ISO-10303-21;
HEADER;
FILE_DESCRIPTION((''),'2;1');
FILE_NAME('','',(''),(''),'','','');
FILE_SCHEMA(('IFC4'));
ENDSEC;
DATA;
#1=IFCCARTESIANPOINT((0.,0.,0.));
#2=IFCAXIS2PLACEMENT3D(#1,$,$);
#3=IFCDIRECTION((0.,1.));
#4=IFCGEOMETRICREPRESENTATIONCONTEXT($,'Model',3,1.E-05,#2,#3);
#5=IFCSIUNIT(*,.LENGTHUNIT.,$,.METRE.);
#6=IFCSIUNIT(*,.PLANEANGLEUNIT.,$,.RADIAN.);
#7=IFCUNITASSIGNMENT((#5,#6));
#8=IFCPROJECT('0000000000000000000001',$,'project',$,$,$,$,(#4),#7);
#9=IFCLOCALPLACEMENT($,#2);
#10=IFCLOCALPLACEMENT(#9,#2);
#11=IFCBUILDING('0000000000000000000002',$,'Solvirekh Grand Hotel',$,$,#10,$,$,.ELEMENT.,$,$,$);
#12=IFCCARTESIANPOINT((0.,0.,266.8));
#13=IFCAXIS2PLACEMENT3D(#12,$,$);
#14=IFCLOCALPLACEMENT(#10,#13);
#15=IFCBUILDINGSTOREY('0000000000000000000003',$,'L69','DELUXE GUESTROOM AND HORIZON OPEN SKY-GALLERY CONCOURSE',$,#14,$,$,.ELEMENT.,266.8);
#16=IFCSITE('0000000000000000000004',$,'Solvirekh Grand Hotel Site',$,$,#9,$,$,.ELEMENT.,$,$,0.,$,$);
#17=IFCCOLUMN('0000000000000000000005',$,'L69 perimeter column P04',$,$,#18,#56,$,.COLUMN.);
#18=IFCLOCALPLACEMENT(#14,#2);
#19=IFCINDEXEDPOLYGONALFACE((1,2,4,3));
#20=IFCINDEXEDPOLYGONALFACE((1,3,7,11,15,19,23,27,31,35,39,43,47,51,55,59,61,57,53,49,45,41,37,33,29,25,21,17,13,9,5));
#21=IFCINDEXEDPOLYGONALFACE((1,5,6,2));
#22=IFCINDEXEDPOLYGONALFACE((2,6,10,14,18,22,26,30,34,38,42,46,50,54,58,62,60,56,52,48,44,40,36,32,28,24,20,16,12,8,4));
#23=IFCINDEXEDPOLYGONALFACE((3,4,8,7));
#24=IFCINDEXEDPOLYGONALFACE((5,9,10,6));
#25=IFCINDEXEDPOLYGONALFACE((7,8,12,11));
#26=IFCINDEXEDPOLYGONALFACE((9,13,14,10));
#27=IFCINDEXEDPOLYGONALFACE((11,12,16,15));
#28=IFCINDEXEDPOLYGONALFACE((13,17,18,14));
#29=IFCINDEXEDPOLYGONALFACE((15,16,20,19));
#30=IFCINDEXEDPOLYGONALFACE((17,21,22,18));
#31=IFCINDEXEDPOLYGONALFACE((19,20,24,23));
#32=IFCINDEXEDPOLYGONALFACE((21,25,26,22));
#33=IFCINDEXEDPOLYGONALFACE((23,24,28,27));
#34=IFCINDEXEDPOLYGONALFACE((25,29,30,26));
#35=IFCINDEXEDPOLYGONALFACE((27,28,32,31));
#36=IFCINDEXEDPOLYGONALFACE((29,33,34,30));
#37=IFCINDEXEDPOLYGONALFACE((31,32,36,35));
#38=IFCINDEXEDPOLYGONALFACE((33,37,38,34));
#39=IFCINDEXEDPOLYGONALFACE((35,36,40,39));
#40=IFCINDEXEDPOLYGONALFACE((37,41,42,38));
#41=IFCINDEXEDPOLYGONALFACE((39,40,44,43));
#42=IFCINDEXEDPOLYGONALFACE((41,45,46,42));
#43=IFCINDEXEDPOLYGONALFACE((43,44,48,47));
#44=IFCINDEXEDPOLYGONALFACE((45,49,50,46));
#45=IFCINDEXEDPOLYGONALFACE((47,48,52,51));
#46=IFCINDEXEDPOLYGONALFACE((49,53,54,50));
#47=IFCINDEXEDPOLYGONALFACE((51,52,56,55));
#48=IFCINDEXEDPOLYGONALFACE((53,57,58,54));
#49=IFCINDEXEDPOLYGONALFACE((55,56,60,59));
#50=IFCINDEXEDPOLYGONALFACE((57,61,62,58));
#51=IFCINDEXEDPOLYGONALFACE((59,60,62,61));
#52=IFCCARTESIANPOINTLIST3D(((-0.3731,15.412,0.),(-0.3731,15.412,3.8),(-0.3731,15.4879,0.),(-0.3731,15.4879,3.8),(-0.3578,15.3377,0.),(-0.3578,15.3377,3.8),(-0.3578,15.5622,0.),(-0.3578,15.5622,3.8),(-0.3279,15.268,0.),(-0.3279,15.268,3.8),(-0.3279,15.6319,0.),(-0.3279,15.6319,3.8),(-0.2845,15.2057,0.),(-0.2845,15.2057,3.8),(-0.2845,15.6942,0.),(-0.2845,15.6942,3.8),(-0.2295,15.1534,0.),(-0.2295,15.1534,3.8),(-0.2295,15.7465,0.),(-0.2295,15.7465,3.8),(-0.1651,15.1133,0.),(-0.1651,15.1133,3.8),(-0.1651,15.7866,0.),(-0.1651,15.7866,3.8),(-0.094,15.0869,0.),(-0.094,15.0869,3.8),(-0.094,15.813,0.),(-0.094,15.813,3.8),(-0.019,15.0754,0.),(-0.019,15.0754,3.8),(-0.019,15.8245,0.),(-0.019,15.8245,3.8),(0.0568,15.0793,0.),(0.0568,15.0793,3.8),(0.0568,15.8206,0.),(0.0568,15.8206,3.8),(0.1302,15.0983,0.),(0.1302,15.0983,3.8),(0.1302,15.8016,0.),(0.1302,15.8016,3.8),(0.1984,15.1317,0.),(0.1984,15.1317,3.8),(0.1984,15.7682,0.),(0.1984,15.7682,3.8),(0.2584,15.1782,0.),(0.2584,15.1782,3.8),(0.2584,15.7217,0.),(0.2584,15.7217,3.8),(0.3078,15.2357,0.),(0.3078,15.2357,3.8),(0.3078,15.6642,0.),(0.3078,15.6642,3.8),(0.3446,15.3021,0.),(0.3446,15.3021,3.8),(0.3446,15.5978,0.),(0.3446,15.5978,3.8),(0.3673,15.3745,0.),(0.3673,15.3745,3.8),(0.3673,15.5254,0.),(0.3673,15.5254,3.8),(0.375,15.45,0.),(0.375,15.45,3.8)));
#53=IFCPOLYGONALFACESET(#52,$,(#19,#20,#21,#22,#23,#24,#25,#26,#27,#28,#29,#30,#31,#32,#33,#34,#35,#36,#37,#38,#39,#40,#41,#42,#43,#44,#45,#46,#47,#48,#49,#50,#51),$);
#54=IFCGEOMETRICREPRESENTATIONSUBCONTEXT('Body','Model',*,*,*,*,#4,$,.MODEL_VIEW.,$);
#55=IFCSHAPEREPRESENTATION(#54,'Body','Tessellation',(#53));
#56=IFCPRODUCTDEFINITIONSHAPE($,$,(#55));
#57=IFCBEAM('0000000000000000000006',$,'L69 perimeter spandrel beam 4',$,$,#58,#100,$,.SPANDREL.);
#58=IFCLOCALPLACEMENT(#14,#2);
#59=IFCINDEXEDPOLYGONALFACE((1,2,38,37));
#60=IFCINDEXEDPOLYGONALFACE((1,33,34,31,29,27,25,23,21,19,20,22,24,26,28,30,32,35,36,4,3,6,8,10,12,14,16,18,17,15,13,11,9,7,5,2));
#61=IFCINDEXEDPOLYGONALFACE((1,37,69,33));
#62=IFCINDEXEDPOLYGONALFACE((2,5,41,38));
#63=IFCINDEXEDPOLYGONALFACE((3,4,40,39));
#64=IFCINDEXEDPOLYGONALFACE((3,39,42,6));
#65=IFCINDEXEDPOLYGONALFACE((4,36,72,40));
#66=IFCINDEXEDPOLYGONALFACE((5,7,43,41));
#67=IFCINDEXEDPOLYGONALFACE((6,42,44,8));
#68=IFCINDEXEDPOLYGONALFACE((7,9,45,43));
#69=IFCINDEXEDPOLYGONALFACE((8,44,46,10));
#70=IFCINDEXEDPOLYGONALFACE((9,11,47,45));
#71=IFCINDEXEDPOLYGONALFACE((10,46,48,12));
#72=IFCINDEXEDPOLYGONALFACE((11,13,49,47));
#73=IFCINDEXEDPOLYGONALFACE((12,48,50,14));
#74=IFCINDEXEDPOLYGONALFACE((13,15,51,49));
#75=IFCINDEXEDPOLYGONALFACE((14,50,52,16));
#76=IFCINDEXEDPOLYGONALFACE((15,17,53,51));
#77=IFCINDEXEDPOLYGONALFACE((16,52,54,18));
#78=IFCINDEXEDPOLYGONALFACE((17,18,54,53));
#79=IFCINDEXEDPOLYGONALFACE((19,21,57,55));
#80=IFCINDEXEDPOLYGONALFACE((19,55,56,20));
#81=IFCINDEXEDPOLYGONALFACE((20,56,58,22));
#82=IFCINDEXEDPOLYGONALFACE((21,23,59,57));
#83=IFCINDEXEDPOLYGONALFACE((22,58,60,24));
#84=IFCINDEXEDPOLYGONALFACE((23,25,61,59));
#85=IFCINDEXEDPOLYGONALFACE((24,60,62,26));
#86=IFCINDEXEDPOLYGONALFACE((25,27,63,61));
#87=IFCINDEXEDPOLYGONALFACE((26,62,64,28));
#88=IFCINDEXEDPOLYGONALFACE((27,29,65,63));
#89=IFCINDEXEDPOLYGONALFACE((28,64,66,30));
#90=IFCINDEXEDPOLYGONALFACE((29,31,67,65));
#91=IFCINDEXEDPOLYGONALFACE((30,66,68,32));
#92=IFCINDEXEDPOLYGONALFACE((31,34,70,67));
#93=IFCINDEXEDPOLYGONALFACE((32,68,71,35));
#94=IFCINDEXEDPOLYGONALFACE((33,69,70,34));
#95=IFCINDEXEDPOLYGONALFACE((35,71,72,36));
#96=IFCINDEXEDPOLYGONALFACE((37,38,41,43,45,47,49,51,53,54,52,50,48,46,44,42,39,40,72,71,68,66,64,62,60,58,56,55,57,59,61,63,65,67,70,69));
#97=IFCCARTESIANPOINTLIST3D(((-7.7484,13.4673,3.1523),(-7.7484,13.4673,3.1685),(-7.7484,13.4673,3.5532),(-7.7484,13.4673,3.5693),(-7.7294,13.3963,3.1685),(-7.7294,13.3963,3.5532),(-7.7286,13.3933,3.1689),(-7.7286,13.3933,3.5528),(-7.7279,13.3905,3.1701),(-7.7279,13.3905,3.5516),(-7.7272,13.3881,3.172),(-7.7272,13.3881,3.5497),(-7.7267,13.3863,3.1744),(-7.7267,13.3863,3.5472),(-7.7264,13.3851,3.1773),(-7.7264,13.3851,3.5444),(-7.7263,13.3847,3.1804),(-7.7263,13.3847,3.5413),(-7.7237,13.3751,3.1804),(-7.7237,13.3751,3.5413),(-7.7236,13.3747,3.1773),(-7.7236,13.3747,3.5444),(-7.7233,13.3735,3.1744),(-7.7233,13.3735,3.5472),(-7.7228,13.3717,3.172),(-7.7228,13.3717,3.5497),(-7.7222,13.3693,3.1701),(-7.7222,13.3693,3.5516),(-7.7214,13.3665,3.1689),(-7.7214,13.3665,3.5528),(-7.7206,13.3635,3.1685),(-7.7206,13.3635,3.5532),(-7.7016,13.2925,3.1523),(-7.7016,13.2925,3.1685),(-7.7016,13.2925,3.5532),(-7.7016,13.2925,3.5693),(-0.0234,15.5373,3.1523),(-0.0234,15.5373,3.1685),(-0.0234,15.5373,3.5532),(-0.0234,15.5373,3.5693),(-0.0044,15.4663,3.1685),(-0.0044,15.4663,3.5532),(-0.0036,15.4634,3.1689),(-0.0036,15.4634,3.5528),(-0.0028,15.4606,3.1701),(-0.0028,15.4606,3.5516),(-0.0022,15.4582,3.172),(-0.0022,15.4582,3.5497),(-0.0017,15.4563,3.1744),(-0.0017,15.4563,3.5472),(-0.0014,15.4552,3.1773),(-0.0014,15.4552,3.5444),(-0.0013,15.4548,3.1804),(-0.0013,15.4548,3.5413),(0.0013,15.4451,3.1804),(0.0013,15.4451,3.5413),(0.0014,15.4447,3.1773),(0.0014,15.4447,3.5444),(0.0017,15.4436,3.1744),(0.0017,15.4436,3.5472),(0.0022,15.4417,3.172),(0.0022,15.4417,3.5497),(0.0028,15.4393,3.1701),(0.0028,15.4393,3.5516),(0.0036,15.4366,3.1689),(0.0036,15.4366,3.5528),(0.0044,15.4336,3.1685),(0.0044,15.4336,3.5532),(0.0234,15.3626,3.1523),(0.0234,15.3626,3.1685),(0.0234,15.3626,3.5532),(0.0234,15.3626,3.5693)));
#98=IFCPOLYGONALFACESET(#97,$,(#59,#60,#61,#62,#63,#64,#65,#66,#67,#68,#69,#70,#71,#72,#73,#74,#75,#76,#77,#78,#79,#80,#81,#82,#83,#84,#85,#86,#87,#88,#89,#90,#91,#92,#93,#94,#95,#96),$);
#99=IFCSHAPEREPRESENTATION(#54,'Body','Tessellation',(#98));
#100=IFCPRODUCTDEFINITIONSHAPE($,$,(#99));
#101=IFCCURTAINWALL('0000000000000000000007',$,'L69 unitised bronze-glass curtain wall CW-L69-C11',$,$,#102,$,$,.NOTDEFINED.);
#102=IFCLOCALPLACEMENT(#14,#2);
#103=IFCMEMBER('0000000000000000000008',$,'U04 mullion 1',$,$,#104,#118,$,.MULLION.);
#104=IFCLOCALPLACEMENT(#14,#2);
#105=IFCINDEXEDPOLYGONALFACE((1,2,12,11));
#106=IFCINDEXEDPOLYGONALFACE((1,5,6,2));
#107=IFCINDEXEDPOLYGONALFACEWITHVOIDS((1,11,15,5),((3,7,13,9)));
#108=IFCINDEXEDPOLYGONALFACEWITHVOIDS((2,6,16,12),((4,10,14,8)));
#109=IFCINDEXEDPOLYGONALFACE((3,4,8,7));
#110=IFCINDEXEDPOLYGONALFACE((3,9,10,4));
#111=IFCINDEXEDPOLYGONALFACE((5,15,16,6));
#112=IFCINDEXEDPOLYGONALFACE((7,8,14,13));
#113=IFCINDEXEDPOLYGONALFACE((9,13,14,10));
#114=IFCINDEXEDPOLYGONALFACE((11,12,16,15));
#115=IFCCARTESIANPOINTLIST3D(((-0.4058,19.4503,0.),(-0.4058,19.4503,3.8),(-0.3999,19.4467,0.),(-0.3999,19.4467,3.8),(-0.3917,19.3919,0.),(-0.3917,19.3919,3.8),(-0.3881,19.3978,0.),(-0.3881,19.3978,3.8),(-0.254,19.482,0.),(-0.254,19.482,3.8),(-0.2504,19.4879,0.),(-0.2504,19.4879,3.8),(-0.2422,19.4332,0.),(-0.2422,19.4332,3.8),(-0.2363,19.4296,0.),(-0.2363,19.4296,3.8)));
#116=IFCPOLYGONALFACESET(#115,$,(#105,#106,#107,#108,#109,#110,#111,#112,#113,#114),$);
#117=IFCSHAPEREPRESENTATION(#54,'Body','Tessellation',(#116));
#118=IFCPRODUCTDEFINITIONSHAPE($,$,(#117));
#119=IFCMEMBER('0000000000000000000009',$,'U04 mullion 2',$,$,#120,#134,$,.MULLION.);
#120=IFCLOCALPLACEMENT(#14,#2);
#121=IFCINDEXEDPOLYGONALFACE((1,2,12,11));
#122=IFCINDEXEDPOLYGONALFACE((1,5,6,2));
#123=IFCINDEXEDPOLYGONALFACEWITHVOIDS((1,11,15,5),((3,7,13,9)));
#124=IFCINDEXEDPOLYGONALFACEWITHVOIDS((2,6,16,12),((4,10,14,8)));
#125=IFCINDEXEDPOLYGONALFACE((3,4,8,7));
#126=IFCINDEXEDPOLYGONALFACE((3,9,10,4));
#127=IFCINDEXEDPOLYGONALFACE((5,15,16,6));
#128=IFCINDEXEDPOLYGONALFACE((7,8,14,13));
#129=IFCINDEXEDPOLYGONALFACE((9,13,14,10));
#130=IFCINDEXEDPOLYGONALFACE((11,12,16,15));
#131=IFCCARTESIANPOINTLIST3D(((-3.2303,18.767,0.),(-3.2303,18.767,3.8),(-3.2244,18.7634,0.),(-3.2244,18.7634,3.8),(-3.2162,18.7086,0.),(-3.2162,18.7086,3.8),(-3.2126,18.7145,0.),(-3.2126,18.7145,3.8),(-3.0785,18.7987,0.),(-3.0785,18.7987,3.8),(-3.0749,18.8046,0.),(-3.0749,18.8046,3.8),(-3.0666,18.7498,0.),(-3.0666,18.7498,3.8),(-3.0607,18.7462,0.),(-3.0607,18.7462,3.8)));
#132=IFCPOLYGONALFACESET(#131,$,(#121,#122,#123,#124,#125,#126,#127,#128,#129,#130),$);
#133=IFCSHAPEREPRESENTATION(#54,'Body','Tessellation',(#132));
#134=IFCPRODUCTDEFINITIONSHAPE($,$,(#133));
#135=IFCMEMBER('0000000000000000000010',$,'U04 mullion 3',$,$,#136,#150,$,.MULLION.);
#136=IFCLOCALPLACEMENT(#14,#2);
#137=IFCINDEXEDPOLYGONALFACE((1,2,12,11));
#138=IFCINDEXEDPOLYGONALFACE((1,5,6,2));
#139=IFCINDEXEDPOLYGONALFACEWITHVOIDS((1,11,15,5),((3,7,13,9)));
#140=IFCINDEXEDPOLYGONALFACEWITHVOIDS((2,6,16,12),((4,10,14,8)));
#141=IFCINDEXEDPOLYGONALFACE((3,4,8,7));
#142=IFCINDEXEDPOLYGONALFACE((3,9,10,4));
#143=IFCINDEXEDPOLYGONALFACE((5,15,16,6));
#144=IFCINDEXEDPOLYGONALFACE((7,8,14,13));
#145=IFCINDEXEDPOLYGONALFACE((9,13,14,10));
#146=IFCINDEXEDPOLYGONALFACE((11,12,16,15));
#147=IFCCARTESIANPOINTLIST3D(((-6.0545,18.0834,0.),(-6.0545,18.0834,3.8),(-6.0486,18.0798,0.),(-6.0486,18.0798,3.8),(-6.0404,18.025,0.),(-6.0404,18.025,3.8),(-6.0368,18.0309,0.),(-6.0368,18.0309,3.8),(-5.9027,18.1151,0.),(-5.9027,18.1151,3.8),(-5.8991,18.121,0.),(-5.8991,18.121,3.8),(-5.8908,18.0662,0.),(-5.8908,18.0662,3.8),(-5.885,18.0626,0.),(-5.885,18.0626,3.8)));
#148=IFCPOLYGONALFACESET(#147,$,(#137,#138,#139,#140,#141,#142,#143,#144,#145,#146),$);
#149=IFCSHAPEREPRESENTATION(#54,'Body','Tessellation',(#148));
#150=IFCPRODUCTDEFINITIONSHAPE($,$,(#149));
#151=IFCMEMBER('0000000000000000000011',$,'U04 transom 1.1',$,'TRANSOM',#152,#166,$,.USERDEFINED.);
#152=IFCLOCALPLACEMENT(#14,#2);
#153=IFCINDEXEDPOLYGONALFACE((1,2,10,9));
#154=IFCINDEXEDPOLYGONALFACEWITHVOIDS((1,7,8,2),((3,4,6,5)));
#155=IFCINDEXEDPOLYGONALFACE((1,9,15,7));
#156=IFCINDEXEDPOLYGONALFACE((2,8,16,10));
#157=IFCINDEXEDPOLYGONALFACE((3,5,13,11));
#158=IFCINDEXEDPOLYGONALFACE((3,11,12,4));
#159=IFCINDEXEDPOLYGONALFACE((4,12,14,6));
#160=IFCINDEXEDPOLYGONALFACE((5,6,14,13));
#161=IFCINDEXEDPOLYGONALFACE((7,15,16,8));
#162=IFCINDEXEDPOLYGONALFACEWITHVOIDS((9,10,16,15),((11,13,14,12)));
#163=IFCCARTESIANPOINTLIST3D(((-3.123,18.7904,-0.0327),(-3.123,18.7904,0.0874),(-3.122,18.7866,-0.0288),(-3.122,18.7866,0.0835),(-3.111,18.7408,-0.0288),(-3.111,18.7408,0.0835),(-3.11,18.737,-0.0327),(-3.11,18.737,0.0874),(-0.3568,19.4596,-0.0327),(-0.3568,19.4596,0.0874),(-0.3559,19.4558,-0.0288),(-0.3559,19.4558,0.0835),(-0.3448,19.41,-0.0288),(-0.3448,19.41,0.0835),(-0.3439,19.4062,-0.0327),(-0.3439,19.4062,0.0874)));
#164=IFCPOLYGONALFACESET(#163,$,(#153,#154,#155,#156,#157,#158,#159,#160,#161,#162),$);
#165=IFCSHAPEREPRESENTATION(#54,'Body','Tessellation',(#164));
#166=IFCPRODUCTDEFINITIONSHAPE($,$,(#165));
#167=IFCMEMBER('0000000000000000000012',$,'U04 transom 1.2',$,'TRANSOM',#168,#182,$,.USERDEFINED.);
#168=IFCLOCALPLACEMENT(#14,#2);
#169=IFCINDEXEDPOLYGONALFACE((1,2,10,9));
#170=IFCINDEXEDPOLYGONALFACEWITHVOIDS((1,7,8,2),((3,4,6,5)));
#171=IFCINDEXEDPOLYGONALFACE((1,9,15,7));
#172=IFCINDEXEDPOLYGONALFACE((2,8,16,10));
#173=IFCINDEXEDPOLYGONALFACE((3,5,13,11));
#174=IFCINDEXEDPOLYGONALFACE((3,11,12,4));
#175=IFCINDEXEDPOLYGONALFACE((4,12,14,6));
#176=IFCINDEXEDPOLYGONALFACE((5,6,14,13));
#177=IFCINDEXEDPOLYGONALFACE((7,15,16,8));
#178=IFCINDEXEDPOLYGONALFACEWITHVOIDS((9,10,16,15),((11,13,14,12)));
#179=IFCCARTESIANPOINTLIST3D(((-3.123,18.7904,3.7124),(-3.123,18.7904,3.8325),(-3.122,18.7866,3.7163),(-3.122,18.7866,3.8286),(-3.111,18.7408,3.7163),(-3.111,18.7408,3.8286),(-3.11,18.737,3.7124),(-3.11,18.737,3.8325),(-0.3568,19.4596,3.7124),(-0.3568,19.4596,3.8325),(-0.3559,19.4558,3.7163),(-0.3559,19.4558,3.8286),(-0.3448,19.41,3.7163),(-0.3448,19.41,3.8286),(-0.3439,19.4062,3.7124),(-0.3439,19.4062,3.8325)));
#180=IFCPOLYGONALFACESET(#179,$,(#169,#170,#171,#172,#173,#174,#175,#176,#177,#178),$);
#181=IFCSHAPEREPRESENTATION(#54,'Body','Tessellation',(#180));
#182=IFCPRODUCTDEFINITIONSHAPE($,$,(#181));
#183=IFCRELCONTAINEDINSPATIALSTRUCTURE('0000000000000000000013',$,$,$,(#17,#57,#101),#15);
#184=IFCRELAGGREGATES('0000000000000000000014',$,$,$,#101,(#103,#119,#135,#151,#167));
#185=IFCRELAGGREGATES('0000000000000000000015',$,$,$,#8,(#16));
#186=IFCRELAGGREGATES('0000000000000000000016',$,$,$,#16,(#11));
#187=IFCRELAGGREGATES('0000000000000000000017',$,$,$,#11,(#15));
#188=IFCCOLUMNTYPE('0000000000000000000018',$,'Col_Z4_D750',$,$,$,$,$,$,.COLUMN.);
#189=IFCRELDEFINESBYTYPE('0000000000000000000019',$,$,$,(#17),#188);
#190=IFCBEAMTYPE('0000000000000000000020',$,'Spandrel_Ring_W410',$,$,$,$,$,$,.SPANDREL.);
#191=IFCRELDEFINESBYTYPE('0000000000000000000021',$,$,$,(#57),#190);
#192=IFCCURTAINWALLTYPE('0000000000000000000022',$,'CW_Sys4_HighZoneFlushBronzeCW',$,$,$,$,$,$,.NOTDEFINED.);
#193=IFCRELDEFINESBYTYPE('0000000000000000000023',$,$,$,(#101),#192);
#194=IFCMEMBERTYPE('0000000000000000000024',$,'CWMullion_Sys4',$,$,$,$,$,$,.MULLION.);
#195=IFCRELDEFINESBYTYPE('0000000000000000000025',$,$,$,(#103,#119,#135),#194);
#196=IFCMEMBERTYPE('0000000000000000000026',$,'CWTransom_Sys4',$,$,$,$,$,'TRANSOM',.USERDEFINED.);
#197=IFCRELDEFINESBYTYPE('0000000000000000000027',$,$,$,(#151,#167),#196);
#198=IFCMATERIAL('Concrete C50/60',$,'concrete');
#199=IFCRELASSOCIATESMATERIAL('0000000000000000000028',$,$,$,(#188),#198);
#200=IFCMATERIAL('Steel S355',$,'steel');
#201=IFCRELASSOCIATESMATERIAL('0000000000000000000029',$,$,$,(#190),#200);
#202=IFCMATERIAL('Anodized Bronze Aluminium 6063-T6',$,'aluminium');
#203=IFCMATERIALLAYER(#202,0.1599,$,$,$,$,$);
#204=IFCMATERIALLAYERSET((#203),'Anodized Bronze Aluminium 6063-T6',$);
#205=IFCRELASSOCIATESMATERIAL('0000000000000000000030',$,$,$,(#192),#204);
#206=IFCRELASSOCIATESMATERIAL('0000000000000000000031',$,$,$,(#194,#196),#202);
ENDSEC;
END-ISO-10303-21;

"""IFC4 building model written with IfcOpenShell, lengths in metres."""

from ifc_helpers import new_model, si_unit, direction, frame, origin, origin_2d, place, context, subcontext, project, spatial, hollow_rectangle, circle, i_section, extrude, source, transform, mapped, material, layer, layer_set, material_profile, profile_set, type_object, element, aggregate, save


model = new_model("IFC4")

# Units and contexts
model_context = context("Model", 3, precision=1e-05, world=origin(), true_north=direction((0.0, 1.0)))
body_context = subcontext(model_context, "Body", "Model", "MODEL_VIEW")
ifc_project = project(units=[si_unit("LENGTHUNIT", "METRE"), si_unit("PLANEANGLEUNIT", "RADIAN")], contexts=[model_context])

# Site, building, storey
site_placement = place(None, origin())
site = spatial("IfcSite", under=ifc_project, at=site_placement, Name="Solvirekh Grand Hotel Site", CompositionType="ELEMENT", RefElevation=0.0)
building_placement = place(site_placement, origin())
building = spatial("IfcBuilding", under=site, at=building_placement, Name="Solvirekh Grand Hotel", CompositionType="ELEMENT")
storey_placement = place(building_placement, frame((0.0, 0.0, 266.8)))
storey = spatial("IfcBuildingStorey", under=building, at=storey_placement, Name="L69", Description="DELUXE GUESTROOM AND HORIZON OPEN SKY-GALLERY CONCOURSE", CompositionType="ELEMENT", Elevation=266.8)

# Column
ifc_material_1 = material(Name="Concrete C50/60", Category="concrete")
ifc_material_profile_1 = material_profile(ifc_material_1, circle(Radius=0.375, at=origin_2d()), Name="RC CIRC D750")
ifc_profile_set_1 = profile_set([ifc_material_profile_1], Name="Concrete C50/60")
column_type = type_object("IfcColumnType", Name="Col_Z4_D750", PredefinedType="COLUMN", material=ifc_profile_set_1)
column_placement = place(storey_placement, frame((0.0, 15.45, 0.0), z_axis=(0.0, 0.0, 1.0), x_axis=(1.0, 0.0, 0.0)))
element("IfcColumn", 1, at=column_placement, inside=storey, type_object=column_type, Name="L69 perimeter column P04", PredefinedType="COLUMN", context=body_context, shape_type="SweptSolid", body=[
    extrude(circle(Radius=0.375, at=origin_2d()), origin(), (0.0, 0.0, 1.0), 3.8),
])

# Beam
ifc_material_2 = material(Name="Steel S355", Category="steel")
ifc_material_profile_2 = material_profile(ifc_material_2, i_section(OverallWidth=0.1809, OverallDepth=0.417, WebThickness=0.01, FlangeThickness=0.0161, FilletRadius=0.012, at=origin_2d()), Name="W410X85")
ifc_profile_set_2 = profile_set([ifc_material_profile_2], Name="Steel S355")
beam_type = type_object("IfcBeamType", Name="Spandrel_Ring_W410", PredefinedType="SPANDREL", material=ifc_profile_set_2)
beam_placement = place(storey_placement, frame((0.0, 15.45, 3.3608), z_axis=(-0.965922, -0.258835, 0.0), x_axis=(0.258835, -0.965922, 0.0)))
element("IfcBeam", 2, at=beam_placement, inside=storey, type_object=beam_type, Name="L69 perimeter spandrel beam 4", PredefinedType="SPANDREL", context=body_context, shape_type="SweptSolid", body=[
    extrude(i_section(OverallWidth=0.1809, OverallDepth=0.417, WebThickness=0.01, FlangeThickness=0.0161, FilletRadius=0.012, at=origin_2d()), origin(), (0.0, 0.0, 1.0), 7.9976),
])

# Curtain wall, members
ifc_material_3 = material(Name="Anodized Bronze Aluminium 6063-T6", Category="aluminium")
ifc_layer_1 = layer(ifc_material_3, 0.1599)
ifc_layer_set_1 = layer_set([ifc_layer_1], Name="Anodized Bronze Aluminium 6063-T6")
curtain_wall_type = type_object("IfcCurtainWallType", Name="CW_Sys4_HighZoneFlushBronzeCW", PredefinedType="NOTDEFINED", material=ifc_layer_set_1)
curtain_wall_placement = place(storey_placement, origin())
curtain_wall = element("IfcCurtainWall", 3, at=curtain_wall_placement, inside=storey, type_object=curtain_wall_type, Name="L69 unitised bronze-glass curtain wall CW-L69-C11", PredefinedType="NOTDEFINED")
ifc_material_profile_3 = material_profile(ifc_material_3, hollow_rectangle(XDim=0.0601, YDim=0.1599, WallThickness=0.0049, at=origin_2d()), Name="ALU RHS 160X60X5")
ifc_profile_set_3 = profile_set([ifc_material_profile_3], Name="Anodized Bronze Aluminium 6063-T6")
member_type_1 = type_object("IfcMemberType", Name="CWMullion_Sys4", PredefinedType="MULLION", material=ifc_profile_set_3)
shared_shape_1 = source(origin(), body_context, "Body", "SweptSolid", [
    extrude(hollow_rectangle(XDim=0.0601, YDim=0.1599, WallThickness=0.0049, at=origin_2d()), origin(), (0.0, 0.0, 1.0), 3.8),
])
member_1_placement = place(storey_placement, frame((-0.321, 19.4399, 0.0), z_axis=(0.0, 0.0, 1.0), x_axis=(0.235195, -0.971948, 0.0)))
member_1 = element("IfcMember", 4, at=member_1_placement, type_object=member_type_1, Name="U04 mullion 1", PredefinedType="MULLION", context=body_context, shape_type="MappedRepresentation", body=[
    mapped(shared_shape_1, transform((0.0, 0.0, 0.0), x_axis=(1.0, 0.0, 0.0), y_axis=(0.0, 1.0, 0.0), z_axis=(0.0, 0.0, 1.0), scale=1.0)),
])
member_2_placement = place(storey_placement, frame((-3.1455, 18.7566, 0.0), z_axis=(0.0, 0.0, 1.0), x_axis=(0.235195, -0.971948, 0.0)))
member_2 = element("IfcMember", 5, at=member_2_placement, type_object=member_type_1, Name="U04 mullion 2", PredefinedType="MULLION", context=body_context, shape_type="MappedRepresentation", body=[
    mapped(shared_shape_1, transform((0.0, 0.0, 0.0), x_axis=(1.0, 0.0, 0.0), y_axis=(0.0, 1.0, 0.0), z_axis=(0.0, 0.0, 1.0), scale=1.0)),
])
member_3_placement = place(storey_placement, frame((-5.9697, 18.073, 0.0), z_axis=(0.0, 0.0, 1.0), x_axis=(0.235195, -0.971948, 0.0)))
member_3 = element("IfcMember", 6, at=member_3_placement, type_object=member_type_1, Name="U04 mullion 3", PredefinedType="MULLION", context=body_context, shape_type="MappedRepresentation", body=[
    mapped(shared_shape_1, transform((0.0, 0.0, 0.0), x_axis=(1.0, 0.0, 0.0), y_axis=(0.0, 1.0, 0.0), z_axis=(0.0, 0.0, 1.0), scale=1.0)),
])
ifc_material_profile_4 = material_profile(ifc_material_3, hollow_rectangle(XDim=0.0549, YDim=0.1201, WallThickness=0.0039, at=origin_2d()), Name="ALU RHS 120X55X4")
ifc_profile_set_4 = profile_set([ifc_material_profile_4], Name="Anodized Bronze Aluminium 6063-T6")
member_type_2 = type_object("IfcMemberType", Name="CWTransom_Sys4", ElementType="TRANSOM", PredefinedType="USERDEFINED", material=ifc_profile_set_4)
shared_shape_2 = source(origin(), body_context, "Body", "SweptSolid", [
    extrude(hollow_rectangle(XDim=0.0549, YDim=0.1201, WallThickness=0.0039, at=origin_2d()), origin(), (0.0, 0.0, 1.0), 2.8459),
])
member_4_placement = place(storey_placement, frame((-0.3503, 19.4329, 0.0273), z_axis=(-0.971961, -0.235141, 0.0), x_axis=(0.235141, -0.971961, 0.0)))
member_4 = element("IfcMember", 7, at=member_4_placement, type_object=member_type_2, Name="U04 transom 1.1", ObjectType="TRANSOM", PredefinedType="USERDEFINED", context=body_context, shape_type="MappedRepresentation", body=[
    mapped(shared_shape_2, transform((0.0, 0.0, 0.0), x_axis=(1.0, 0.0, 0.0), y_axis=(0.0, 1.0, 0.0), z_axis=(0.0, 0.0, 1.0), scale=1.0)),
])
member_5_placement = place(storey_placement, frame((-0.3503, 19.4329, 3.7725), z_axis=(-0.971961, -0.235141, 0.0), x_axis=(0.235141, -0.971961, 0.0)))
member_5 = element("IfcMember", 8, at=member_5_placement, type_object=member_type_2, Name="U04 transom 1.2", ObjectType="TRANSOM", PredefinedType="USERDEFINED", context=body_context, shape_type="MappedRepresentation", body=[
    mapped(shared_shape_2, transform((0.0, 0.0, 0.0), x_axis=(1.0, 0.0, 0.0), y_axis=(0.0, 1.0, 0.0), z_axis=(0.0, 0.0, 1.0), scale=1.0)),
])
aggregate(curtain_wall, [member_1, member_2, member_3, member_4, member_5])

save(model, "model.ifc")
